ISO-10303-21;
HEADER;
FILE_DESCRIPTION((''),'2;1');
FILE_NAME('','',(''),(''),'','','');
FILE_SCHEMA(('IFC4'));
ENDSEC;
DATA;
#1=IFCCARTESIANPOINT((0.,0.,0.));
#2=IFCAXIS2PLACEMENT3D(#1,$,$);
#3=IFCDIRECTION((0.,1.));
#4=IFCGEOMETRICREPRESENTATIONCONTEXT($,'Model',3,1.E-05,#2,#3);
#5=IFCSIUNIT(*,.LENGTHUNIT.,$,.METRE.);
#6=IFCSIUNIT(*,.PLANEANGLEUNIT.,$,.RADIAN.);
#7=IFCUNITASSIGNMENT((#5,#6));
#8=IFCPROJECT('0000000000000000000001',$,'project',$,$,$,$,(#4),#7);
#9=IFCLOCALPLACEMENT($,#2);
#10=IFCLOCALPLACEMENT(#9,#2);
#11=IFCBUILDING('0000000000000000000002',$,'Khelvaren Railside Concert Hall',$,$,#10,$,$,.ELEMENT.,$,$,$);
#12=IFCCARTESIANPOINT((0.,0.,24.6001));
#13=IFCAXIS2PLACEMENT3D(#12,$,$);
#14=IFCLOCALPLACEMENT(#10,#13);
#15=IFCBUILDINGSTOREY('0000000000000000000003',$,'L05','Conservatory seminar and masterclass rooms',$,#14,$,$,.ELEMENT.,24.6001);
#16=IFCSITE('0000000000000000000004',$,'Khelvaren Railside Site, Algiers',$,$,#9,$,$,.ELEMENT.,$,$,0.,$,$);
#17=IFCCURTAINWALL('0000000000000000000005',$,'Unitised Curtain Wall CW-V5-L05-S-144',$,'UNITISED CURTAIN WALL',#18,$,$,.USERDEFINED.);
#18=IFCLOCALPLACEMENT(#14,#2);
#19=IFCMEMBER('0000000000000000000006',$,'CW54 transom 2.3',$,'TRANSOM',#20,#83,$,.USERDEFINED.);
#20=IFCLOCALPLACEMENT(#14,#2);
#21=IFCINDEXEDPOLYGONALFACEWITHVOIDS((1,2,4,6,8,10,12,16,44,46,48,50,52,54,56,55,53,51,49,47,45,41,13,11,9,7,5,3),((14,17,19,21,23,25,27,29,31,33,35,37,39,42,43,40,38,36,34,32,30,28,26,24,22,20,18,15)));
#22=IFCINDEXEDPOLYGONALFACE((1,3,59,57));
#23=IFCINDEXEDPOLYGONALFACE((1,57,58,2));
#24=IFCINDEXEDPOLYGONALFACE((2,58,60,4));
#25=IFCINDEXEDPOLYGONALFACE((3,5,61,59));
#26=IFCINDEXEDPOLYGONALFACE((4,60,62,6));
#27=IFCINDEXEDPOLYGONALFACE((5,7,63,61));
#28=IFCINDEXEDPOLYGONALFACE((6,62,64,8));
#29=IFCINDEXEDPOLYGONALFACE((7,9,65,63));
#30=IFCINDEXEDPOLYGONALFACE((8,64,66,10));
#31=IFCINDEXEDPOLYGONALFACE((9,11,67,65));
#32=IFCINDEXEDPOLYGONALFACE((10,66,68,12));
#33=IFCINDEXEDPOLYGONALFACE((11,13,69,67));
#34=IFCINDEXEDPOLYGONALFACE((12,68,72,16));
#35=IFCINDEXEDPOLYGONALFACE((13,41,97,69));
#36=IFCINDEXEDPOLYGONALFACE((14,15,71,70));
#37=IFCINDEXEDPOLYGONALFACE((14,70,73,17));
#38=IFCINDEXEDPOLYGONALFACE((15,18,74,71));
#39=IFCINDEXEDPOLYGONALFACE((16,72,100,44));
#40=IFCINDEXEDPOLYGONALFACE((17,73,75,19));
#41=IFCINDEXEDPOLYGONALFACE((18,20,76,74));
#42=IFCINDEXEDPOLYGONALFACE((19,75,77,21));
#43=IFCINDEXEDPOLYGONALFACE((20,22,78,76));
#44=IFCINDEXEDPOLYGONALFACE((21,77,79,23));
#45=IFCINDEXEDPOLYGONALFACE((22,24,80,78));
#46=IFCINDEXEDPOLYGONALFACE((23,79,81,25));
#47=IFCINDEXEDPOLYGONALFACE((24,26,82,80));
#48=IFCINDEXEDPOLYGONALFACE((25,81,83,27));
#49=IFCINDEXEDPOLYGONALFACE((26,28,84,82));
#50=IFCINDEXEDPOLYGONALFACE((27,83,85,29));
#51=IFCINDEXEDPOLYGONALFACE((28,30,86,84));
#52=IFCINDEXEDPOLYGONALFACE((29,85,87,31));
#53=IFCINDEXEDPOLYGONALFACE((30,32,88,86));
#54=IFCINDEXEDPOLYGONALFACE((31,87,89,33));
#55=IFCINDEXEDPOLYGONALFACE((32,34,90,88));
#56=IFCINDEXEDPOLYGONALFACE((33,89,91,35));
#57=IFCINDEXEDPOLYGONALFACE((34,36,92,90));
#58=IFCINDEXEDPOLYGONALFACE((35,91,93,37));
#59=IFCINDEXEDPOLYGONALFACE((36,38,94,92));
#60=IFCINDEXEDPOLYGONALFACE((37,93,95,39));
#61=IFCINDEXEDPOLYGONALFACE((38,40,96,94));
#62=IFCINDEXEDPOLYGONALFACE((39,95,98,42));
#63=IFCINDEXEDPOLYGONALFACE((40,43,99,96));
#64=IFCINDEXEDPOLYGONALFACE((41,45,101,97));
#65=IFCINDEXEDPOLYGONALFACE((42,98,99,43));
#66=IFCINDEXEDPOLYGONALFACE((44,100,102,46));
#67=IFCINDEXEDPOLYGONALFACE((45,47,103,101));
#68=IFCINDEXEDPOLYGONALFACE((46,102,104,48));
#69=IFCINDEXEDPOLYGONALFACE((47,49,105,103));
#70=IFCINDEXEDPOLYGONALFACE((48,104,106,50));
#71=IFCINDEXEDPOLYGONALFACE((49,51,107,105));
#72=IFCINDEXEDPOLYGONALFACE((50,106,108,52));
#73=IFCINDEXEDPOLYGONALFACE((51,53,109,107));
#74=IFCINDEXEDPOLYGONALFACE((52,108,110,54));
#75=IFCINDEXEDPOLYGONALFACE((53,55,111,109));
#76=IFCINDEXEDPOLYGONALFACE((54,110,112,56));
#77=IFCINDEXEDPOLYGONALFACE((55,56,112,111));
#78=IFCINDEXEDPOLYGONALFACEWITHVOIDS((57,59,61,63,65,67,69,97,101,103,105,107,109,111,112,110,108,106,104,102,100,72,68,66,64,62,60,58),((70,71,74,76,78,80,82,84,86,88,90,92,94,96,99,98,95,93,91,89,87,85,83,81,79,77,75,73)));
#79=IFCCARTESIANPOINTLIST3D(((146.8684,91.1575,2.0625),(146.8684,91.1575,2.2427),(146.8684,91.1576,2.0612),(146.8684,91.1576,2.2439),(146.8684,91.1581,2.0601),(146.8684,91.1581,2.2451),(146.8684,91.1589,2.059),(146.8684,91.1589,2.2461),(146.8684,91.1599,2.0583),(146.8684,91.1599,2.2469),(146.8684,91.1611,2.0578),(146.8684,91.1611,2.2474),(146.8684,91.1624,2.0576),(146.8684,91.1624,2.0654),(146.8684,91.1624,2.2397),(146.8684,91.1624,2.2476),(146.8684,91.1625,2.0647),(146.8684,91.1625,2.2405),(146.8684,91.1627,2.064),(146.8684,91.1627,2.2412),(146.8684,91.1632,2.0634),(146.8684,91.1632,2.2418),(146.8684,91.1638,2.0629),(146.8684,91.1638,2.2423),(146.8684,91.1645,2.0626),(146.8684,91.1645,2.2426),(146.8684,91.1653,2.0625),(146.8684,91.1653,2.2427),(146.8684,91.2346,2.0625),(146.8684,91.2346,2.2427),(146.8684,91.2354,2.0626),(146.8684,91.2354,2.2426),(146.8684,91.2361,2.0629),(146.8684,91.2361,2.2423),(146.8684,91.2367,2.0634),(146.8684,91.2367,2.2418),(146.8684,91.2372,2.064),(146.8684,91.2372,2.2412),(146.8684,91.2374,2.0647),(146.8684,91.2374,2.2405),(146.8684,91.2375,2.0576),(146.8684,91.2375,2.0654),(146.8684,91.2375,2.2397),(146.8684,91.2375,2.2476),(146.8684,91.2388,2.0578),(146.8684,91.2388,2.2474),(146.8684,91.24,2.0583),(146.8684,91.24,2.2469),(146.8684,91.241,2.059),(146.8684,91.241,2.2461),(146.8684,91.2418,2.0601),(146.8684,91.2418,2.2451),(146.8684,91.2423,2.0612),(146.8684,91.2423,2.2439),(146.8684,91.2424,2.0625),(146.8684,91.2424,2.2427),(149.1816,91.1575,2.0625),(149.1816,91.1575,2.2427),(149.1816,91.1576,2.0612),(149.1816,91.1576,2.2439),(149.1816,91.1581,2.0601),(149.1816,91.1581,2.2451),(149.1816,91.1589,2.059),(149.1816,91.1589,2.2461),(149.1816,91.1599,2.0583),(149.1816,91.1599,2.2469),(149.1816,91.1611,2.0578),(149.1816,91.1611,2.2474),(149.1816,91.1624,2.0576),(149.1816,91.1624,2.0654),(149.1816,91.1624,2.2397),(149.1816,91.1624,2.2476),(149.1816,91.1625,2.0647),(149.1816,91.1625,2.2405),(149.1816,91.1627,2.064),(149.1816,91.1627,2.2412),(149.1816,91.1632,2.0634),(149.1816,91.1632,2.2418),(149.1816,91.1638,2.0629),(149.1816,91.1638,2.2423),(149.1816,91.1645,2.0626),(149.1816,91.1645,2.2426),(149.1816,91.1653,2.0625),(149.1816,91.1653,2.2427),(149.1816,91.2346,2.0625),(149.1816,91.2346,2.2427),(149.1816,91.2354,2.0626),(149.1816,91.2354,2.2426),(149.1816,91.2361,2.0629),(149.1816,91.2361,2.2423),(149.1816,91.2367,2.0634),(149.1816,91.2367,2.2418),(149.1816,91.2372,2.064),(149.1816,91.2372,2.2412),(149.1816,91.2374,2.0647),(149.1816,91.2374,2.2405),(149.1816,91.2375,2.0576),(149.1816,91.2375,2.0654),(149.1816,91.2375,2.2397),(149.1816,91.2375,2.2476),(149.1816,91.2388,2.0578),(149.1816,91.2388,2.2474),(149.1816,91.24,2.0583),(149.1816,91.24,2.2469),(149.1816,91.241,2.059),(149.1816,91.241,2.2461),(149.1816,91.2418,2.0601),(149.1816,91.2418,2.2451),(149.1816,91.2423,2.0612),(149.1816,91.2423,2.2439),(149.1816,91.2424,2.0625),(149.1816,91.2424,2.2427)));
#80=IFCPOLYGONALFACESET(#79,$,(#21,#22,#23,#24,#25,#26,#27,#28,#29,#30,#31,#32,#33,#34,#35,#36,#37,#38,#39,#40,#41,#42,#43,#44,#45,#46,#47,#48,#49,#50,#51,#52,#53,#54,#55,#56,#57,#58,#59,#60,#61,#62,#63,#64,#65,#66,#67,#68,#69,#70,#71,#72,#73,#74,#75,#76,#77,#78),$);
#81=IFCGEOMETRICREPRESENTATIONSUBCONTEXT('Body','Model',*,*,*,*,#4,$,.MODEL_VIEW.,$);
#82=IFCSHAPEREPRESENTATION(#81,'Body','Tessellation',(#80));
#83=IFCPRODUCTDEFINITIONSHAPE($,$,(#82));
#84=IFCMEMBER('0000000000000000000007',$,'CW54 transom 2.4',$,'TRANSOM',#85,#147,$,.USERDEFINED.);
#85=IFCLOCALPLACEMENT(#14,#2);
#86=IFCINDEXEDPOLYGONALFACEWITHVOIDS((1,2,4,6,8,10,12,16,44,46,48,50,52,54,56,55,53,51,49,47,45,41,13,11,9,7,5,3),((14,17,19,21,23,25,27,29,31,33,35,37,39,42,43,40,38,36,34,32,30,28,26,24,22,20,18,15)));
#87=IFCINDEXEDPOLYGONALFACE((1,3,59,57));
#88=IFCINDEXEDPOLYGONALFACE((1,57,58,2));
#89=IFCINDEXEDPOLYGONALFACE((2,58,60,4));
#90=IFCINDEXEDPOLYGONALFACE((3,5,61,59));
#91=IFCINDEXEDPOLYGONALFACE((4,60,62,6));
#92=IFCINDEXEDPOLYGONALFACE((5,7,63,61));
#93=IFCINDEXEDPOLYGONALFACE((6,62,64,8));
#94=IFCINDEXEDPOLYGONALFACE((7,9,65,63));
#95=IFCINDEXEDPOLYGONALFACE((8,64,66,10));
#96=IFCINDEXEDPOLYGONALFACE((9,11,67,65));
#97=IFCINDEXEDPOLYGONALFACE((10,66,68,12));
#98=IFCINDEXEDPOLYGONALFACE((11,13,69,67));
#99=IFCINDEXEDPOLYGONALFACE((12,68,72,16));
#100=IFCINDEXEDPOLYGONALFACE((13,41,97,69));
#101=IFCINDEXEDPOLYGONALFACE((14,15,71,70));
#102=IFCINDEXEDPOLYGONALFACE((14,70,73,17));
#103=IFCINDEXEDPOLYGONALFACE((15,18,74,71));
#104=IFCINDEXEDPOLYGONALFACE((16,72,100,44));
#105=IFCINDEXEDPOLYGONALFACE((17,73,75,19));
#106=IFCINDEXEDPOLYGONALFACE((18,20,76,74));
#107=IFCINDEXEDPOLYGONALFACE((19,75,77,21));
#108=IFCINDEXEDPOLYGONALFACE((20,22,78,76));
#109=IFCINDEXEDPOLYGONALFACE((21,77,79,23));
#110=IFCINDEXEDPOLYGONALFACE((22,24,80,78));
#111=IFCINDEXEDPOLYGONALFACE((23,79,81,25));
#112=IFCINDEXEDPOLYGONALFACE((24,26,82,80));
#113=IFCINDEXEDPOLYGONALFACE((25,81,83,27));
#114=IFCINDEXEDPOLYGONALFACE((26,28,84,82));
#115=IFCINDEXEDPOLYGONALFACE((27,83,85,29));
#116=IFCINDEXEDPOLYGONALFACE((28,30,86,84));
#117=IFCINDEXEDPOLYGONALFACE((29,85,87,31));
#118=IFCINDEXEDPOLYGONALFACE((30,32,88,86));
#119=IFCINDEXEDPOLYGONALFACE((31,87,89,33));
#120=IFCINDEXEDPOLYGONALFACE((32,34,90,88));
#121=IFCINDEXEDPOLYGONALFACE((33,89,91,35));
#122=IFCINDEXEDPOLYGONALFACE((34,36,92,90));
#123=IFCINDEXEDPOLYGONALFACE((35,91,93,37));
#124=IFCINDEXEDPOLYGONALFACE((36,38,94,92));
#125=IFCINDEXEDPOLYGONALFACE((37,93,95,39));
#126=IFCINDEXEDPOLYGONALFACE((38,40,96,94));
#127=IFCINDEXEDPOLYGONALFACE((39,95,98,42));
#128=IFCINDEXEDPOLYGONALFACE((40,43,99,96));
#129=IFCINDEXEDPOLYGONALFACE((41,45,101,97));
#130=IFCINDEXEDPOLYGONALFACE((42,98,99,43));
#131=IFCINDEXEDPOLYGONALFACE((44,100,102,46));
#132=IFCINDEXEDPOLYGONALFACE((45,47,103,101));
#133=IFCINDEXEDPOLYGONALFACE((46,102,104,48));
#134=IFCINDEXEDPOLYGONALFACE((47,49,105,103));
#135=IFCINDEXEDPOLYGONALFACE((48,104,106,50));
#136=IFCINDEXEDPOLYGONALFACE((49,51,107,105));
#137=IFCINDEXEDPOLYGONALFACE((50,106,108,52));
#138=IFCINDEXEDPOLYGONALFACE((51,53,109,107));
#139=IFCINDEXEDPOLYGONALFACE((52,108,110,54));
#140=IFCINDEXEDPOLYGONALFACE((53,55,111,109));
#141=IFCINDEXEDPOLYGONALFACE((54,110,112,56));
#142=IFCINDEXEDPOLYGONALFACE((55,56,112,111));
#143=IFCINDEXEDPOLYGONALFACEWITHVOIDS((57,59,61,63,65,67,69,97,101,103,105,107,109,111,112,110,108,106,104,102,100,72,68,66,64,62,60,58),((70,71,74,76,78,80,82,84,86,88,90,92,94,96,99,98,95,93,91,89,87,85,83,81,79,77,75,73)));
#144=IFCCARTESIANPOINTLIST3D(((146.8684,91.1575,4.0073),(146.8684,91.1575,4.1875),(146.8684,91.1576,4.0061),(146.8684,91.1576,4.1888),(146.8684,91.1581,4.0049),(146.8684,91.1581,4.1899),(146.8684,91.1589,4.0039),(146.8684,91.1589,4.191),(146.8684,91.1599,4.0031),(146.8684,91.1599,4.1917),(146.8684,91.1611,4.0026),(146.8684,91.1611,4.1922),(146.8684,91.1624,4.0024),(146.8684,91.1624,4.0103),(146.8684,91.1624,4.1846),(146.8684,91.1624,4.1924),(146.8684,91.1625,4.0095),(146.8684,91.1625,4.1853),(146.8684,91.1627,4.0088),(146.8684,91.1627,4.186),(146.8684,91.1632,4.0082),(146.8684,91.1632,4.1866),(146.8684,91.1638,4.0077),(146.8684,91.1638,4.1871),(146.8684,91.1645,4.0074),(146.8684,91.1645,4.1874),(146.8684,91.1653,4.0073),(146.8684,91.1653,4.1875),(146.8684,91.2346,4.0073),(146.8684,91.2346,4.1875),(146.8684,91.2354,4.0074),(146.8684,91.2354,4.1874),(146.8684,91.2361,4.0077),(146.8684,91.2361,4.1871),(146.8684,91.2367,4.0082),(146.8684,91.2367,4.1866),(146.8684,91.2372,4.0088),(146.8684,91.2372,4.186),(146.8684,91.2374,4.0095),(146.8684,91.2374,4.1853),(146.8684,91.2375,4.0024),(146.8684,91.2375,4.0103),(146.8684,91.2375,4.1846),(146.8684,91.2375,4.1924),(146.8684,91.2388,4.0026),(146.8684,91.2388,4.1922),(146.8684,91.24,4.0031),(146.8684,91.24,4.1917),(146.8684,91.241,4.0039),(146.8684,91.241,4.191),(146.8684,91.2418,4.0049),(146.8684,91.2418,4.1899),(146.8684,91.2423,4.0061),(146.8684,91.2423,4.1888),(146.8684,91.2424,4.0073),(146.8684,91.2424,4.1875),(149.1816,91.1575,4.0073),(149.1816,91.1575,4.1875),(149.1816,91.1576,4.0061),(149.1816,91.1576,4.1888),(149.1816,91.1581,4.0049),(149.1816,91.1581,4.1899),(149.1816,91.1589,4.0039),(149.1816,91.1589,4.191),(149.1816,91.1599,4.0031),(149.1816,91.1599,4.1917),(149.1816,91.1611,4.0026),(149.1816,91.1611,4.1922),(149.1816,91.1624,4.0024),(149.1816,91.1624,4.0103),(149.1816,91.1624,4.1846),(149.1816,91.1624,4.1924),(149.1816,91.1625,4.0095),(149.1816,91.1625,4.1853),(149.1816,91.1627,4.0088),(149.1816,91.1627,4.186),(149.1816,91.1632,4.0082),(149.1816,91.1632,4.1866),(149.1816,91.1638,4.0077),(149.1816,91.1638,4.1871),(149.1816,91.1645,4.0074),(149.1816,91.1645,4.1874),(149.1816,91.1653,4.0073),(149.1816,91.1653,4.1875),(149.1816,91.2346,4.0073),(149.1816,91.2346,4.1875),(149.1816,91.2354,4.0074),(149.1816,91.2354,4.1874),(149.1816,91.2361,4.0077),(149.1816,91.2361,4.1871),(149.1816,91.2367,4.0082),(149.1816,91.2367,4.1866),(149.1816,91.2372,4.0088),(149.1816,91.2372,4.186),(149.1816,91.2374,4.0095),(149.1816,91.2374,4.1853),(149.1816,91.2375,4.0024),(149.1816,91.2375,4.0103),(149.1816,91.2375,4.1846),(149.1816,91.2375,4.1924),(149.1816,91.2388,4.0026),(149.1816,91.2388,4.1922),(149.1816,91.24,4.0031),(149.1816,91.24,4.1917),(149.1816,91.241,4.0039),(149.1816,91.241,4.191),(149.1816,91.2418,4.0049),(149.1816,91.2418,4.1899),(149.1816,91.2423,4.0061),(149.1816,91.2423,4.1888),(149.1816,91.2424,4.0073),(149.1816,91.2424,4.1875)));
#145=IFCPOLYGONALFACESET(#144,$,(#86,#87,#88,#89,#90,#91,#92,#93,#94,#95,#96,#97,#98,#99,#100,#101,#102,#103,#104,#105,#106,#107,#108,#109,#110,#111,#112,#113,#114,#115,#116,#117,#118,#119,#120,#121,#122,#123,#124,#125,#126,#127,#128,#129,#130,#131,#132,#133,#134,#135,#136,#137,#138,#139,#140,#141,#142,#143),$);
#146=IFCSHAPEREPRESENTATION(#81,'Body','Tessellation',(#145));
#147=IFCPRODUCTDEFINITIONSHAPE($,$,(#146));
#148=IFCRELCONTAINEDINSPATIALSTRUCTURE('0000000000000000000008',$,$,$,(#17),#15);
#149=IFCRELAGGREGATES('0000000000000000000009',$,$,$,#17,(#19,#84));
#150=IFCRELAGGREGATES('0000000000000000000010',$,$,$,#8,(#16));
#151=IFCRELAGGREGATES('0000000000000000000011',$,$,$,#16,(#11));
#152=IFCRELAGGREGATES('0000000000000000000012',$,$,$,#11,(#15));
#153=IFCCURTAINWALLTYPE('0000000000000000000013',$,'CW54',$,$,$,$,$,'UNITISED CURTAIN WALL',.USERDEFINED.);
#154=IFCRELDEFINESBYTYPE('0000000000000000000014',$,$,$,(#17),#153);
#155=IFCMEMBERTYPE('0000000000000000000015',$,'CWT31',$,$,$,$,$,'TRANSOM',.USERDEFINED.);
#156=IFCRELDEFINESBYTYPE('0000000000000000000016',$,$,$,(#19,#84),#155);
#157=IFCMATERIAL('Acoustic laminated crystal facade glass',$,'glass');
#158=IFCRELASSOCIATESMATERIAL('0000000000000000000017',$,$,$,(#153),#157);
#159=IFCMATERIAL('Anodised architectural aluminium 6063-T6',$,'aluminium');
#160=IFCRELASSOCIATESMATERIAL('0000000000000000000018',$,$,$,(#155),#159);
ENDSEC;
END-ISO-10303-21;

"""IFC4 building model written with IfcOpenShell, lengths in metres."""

from ifc_helpers import new_model, si_unit, direction, frame, origin, origin_2d, place, context, subcontext, project, spatial, hollow_rectangle, extrude, material, material_profile, profile_set, type_object, element, aggregate, save


model = new_model("IFC4")

# Units and contexts
model_context = context("Model", 3, precision=1e-05, world=origin(), true_north=direction((0.0, 1.0)))
body_context = subcontext(model_context, "Body", "Model", "MODEL_VIEW")
ifc_project = project(units=[si_unit("LENGTHUNIT", "METRE"), si_unit("PLANEANGLEUNIT", "RADIAN")], contexts=[model_context])

# Site, building, storey
site_placement = place(None, origin())
site = spatial("IfcSite", under=ifc_project, at=site_placement, Name="Khelvaren Railside Site, Algiers", CompositionType="ELEMENT", RefElevation=0.0)
building_placement = place(site_placement, origin())
building = spatial("IfcBuilding", under=site, at=building_placement, Name="Khelvaren Railside Concert Hall", CompositionType="ELEMENT")
storey_placement = place(building_placement, frame((0.0, 0.0, 24.6001)))
storey = spatial("IfcBuildingStorey", under=building, at=storey_placement, Name="L05", Description="Conservatory seminar and masterclass rooms", CompositionType="ELEMENT", Elevation=24.6001)

# Curtain wall, members
ifc_material_1 = material(Name="Acoustic laminated crystal facade glass", Category="glass")
curtain_wall_type = type_object("IfcCurtainWallType", Name="CW54", ElementType="UNITISED CURTAIN WALL", PredefinedType="USERDEFINED", material=ifc_material_1)
curtain_wall_placement = place(storey_placement, origin())
curtain_wall = element("IfcCurtainWall", 1, at=curtain_wall_placement, inside=storey, type_object=curtain_wall_type, Name="Unitised Curtain Wall CW-V5-L05-S-144", ObjectType="UNITISED CURTAIN WALL", PredefinedType="USERDEFINED")
ifc_material_2 = material(Name="Anodised architectural aluminium 6063-T6", Category="aluminium")
ifc_material_profile_1 = material_profile(ifc_material_2, hollow_rectangle(XDim=0.085, YDim=0.1899, WallThickness=0.0049, InnerFilletRadius=0.0029, OuterFilletRadius=0.0049, at=origin_2d()), Name="CWT 85x190x5")
ifc_profile_set_1 = profile_set([ifc_material_profile_1], Name="Anodised architectural aluminium 6063-T6")
member_type_1 = type_object("IfcMemberType", Name="CWT31", ElementType="TRANSOM", PredefinedType="USERDEFINED", material=ifc_profile_set_1)
member_1_placement = place(storey_placement, frame((149.1816, 91.2, 2.1526), z_axis=(-1.0, 0.0, 0.0), x_axis=(0.0, -1.0, 0.0)))
member_1 = element("IfcMember", 2, at=member_1_placement, type_object=member_type_1, Name="CW54 transom 2.3", ObjectType="TRANSOM", PredefinedType="USERDEFINED", context=body_context, shape_type="SweptSolid", body=[
    extrude(hollow_rectangle(XDim=0.085, YDim=0.1899, WallThickness=0.0049, InnerFilletRadius=0.0029, OuterFilletRadius=0.0049, at=origin_2d()), origin(), (0.0, 0.0, 1.0), 2.3132),
])
member_2_placement = place(storey_placement, frame((149.1816, 91.2, 4.0974), z_axis=(-1.0, 0.0, 0.0), x_axis=(0.0, -1.0, 0.0)))
member_2 = element("IfcMember", 3, at=member_2_placement, type_object=member_type_1, Name="CW54 transom 2.4", ObjectType="TRANSOM", PredefinedType="USERDEFINED", context=body_context, shape_type="SweptSolid", body=[
    extrude(hollow_rectangle(XDim=0.085, YDim=0.1899, WallThickness=0.0049, InnerFilletRadius=0.0029, OuterFilletRadius=0.0049, at=origin_2d()), origin(), (0.0, 0.0, 1.0), 2.3132),
])
aggregate(curtain_wall, [member_1, member_2])

save(model, "model.ifc")
